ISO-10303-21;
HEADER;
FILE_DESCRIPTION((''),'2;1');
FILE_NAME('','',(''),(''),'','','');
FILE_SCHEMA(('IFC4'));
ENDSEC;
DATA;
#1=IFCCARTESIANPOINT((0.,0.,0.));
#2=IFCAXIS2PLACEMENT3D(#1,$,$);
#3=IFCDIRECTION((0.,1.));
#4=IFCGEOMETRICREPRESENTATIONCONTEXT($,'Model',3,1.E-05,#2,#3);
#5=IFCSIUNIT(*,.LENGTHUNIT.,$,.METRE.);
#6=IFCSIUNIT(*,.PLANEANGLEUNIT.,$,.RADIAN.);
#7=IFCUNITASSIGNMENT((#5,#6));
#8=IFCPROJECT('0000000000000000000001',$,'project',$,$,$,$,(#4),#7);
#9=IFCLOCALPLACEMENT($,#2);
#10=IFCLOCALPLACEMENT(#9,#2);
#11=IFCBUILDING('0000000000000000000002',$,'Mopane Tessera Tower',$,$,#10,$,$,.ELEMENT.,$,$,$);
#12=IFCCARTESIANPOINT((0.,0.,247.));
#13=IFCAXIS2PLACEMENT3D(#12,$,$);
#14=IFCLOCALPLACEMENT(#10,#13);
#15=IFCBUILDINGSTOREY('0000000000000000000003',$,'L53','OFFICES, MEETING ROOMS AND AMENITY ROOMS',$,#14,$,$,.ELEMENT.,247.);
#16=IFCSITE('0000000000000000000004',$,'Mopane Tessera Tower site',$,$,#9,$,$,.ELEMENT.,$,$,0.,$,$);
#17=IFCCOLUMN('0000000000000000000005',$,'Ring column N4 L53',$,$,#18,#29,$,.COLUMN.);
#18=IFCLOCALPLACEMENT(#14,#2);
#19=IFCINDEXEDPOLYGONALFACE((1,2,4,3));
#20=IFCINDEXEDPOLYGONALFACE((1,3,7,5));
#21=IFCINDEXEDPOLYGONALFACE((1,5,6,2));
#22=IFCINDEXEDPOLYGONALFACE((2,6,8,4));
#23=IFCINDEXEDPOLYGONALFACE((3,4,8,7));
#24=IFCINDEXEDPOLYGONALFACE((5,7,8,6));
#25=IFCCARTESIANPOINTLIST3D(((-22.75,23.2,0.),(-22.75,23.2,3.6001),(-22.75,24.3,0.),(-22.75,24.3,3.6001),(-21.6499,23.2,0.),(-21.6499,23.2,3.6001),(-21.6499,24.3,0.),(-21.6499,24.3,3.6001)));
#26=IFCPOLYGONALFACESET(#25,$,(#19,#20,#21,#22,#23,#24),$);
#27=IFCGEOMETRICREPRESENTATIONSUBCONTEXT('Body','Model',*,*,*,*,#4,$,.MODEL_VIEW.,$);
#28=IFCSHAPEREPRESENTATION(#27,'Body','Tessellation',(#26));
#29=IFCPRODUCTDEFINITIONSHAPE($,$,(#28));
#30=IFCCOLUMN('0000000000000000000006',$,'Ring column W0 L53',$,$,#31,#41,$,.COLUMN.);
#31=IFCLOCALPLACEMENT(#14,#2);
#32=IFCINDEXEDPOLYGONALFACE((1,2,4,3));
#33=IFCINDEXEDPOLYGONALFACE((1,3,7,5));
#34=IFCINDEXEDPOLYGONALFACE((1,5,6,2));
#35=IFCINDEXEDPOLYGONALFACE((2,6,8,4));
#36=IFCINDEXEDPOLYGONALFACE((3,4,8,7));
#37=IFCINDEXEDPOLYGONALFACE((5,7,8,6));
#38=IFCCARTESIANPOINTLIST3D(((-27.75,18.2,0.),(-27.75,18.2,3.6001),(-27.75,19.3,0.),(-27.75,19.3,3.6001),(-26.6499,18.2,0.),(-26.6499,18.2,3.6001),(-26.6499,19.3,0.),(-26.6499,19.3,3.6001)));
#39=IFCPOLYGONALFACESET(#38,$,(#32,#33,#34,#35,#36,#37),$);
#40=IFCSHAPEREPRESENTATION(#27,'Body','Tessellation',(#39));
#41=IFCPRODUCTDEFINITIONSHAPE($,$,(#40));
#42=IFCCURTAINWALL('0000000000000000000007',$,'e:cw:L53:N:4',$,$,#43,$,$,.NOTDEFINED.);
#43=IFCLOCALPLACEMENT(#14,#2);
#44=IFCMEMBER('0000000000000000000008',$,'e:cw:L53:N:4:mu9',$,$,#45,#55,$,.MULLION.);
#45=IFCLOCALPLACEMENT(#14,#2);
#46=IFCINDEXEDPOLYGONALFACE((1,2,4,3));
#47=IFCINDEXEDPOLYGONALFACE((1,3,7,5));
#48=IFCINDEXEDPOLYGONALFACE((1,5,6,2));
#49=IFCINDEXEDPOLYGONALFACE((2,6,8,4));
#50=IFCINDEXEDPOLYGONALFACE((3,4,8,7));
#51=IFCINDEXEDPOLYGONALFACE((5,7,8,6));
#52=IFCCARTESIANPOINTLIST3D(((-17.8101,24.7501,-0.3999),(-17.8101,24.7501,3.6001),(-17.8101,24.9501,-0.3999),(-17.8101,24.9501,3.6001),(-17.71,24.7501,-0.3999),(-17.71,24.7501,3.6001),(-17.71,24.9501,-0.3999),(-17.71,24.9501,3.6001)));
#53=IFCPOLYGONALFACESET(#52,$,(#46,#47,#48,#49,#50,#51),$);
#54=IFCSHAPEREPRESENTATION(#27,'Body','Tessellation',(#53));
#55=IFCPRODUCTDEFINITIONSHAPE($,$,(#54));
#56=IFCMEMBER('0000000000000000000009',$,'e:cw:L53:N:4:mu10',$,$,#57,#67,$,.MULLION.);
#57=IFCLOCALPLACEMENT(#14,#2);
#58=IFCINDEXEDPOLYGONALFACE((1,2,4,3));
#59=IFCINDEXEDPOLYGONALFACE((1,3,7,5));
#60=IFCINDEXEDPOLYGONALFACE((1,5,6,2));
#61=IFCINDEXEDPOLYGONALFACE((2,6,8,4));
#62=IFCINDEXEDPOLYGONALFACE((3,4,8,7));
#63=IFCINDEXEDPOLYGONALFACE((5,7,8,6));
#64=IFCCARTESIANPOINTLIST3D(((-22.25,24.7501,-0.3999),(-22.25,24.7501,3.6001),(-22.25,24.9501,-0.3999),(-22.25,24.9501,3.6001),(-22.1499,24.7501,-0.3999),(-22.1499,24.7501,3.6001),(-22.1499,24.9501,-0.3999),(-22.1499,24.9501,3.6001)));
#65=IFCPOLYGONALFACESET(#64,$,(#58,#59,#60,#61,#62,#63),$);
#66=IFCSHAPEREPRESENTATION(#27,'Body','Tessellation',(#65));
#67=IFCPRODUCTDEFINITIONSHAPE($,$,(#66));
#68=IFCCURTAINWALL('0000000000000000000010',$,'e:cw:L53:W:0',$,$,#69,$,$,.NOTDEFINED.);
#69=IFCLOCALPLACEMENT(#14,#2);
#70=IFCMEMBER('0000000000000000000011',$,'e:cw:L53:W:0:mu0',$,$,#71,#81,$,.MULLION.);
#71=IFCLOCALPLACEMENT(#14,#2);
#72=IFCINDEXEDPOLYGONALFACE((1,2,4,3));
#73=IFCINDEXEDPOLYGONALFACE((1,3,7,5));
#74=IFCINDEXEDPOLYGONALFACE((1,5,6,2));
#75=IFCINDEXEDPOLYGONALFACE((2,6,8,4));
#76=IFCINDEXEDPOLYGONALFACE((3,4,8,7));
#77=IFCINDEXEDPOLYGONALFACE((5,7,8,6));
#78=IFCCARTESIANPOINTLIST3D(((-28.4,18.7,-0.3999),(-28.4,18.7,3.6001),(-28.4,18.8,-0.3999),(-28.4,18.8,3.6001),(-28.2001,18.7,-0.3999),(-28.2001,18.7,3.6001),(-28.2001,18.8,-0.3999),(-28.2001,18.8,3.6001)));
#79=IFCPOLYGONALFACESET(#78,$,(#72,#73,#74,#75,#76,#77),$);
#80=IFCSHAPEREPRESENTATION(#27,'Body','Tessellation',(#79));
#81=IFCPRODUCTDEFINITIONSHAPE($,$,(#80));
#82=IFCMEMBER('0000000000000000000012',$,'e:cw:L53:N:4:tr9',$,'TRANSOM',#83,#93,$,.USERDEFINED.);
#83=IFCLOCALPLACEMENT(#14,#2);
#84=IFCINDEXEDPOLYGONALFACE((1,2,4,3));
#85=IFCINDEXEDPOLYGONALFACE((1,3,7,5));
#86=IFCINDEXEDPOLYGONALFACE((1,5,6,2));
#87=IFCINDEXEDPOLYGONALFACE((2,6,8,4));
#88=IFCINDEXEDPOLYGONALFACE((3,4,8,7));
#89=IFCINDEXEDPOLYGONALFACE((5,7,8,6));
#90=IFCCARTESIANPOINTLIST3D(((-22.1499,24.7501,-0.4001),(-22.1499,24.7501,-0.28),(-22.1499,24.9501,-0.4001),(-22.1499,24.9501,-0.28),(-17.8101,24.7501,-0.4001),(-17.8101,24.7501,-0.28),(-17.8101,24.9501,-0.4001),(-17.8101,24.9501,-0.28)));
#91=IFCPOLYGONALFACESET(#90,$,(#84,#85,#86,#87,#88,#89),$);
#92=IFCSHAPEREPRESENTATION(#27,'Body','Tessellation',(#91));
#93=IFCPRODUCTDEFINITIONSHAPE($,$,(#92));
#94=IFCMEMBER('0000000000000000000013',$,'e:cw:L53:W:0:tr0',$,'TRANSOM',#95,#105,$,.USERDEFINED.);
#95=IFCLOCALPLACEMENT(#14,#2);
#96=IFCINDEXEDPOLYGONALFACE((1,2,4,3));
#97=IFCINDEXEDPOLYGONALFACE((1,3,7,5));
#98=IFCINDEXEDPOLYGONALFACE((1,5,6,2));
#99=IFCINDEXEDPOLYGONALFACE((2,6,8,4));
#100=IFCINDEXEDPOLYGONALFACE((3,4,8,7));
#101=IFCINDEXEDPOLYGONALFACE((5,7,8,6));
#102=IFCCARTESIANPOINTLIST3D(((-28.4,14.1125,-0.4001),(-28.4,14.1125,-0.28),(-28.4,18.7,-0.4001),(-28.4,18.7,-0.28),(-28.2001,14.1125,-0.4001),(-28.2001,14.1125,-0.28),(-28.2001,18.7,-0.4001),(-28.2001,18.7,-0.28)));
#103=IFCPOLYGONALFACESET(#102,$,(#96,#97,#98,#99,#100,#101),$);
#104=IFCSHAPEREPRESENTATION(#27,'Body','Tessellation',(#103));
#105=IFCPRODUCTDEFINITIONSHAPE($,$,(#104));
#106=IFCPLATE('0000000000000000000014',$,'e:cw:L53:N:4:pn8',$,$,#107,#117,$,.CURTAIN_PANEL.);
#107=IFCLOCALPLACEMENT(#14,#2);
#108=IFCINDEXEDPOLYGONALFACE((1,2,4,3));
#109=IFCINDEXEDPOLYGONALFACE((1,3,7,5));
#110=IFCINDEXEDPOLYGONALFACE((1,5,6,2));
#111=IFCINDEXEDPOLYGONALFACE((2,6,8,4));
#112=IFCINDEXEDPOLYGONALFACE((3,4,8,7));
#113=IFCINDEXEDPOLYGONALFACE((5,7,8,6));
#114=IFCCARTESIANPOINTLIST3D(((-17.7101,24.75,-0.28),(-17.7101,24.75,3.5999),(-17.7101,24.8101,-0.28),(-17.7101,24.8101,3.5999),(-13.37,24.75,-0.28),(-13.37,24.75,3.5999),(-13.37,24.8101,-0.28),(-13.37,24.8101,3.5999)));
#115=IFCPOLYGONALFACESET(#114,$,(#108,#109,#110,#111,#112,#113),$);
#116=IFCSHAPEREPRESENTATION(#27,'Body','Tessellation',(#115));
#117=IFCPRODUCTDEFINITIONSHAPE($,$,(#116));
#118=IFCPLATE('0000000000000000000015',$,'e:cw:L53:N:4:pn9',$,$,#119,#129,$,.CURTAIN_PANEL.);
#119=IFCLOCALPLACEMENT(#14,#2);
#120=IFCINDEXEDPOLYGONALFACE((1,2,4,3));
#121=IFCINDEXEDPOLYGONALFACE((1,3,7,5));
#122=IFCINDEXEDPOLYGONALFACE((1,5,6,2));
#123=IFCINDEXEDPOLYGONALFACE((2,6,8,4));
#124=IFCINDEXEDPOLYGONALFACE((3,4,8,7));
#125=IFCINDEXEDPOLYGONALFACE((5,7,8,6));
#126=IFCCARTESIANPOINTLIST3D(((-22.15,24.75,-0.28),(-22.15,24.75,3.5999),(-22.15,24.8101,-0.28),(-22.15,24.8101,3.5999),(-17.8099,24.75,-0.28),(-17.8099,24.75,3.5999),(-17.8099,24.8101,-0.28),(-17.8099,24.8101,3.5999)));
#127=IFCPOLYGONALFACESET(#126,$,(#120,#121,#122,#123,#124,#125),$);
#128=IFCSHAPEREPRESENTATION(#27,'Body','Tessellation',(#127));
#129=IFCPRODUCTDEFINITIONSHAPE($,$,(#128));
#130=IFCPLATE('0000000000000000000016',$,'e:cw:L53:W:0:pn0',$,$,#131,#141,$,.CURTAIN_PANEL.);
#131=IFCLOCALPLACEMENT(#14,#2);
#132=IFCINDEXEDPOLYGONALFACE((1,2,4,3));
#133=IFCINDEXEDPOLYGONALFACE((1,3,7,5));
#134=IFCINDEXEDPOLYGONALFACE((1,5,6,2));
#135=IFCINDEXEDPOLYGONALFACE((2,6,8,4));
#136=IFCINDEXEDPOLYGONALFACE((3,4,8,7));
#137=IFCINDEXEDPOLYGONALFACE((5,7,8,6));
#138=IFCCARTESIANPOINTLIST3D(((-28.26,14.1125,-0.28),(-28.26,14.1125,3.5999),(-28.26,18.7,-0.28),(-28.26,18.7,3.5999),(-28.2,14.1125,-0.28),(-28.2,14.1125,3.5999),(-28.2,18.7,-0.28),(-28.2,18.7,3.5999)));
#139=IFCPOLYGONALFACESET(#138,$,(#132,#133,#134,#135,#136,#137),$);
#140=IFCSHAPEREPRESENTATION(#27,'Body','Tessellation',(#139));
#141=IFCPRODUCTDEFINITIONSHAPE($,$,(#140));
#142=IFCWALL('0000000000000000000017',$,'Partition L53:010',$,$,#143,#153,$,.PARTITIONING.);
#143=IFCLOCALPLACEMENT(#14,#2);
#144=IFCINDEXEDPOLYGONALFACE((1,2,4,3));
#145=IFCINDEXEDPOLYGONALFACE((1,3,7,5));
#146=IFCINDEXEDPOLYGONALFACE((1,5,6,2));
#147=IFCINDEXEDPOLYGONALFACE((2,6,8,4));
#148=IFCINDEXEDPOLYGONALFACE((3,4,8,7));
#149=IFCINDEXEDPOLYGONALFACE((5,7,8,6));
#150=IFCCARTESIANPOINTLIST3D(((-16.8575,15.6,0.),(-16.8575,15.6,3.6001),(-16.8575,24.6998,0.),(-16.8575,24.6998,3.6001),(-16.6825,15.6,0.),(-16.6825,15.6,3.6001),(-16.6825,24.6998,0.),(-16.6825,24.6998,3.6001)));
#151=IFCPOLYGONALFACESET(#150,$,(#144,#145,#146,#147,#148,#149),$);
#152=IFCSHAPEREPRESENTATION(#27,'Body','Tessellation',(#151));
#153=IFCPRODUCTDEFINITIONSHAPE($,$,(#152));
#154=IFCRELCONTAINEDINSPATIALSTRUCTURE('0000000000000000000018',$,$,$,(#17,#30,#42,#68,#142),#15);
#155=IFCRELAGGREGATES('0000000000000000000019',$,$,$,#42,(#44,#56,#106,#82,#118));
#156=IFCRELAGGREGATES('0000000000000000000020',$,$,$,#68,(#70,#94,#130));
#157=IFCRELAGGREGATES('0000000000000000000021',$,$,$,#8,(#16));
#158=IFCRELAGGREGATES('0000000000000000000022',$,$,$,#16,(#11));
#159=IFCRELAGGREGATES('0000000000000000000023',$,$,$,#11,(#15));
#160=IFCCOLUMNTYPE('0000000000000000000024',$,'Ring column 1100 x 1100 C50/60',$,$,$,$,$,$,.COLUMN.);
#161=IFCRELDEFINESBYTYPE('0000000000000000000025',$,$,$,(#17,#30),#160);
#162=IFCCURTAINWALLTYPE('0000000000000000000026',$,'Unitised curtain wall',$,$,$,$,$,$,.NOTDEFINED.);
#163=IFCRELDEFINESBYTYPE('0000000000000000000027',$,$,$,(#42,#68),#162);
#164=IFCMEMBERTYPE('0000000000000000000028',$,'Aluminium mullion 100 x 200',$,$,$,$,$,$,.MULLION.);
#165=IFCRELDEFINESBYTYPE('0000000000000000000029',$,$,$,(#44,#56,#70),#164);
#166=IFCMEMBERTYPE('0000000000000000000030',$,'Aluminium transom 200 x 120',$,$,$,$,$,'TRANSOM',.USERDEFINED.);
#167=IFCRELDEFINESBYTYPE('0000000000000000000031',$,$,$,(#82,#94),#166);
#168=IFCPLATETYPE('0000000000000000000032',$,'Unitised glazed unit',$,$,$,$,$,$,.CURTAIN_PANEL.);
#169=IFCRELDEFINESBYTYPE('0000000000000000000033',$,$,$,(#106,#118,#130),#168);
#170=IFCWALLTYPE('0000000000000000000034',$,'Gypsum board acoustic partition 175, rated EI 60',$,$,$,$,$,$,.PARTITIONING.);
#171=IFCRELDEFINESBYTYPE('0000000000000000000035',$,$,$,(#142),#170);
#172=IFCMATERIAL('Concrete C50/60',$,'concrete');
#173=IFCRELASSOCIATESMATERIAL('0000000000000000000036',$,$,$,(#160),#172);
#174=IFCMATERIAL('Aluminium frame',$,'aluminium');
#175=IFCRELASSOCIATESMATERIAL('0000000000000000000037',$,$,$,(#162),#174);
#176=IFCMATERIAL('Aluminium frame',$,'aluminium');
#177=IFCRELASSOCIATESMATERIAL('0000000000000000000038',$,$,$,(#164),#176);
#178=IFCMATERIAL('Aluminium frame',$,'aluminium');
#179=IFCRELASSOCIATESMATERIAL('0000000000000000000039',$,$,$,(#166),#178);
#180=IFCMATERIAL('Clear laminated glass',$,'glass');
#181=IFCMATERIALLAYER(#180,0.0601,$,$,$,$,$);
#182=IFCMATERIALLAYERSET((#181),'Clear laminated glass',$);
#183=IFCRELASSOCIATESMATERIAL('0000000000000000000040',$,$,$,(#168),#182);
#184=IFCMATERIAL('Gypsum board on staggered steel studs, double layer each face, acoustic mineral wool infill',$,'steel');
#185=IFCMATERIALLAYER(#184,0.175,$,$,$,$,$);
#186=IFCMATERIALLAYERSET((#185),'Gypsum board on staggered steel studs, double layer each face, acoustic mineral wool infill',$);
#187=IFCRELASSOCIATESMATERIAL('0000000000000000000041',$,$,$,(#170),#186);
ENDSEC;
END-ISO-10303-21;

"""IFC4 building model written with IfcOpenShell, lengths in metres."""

from ifc_helpers import new_model, si_unit, direction, frame, frame_2d, origin, origin_2d, place, context, subcontext, project, spatial, rectangle, extrude, material, layer, layer_set, material_profile, profile_set, type_object, element, aggregate, save


model = new_model("IFC4")

# Units and contexts
model_context = context("Model", 3, precision=1e-05, world=origin(), true_north=direction((0.0, 1.0)))
body_context = subcontext(model_context, "Body", "Model", "MODEL_VIEW")
ifc_project = project(units=[si_unit("LENGTHUNIT", "METRE"), si_unit("PLANEANGLEUNIT", "RADIAN")], contexts=[model_context])

# Site, building, storey
site_placement = place(None, origin())
site = spatial("IfcSite", under=ifc_project, at=site_placement, Name="Mopane Tessera Tower site", CompositionType="ELEMENT", RefElevation=0.0)
building_placement = place(site_placement, origin())
building = spatial("IfcBuilding", under=site, at=building_placement, Name="Mopane Tessera Tower", CompositionType="ELEMENT")
storey_placement = place(building_placement, frame((0.0, 0.0, 247.0)))
storey = spatial("IfcBuildingStorey", under=building, at=storey_placement, Name="L53", Description="OFFICES, MEETING ROOMS AND AMENITY ROOMS", CompositionType="ELEMENT", Elevation=247.0)

# Columns
ifc_material_1 = material(Name="Concrete C50/60", Category="concrete")
ifc_material_profile_1 = material_profile(ifc_material_1, rectangle(XDim=1.1001, YDim=1.1001, at=origin_2d()))
ifc_profile_set_1 = profile_set([ifc_material_profile_1], Name="Concrete C50/60")
column_type = type_object("IfcColumnType", Name="Ring column 1100 x 1100 C50/60", PredefinedType="COLUMN", material=ifc_profile_set_1)
for number, where, z_axis, x_axis, name in (
    (1, (-22.2, 23.75, 0.0), (0.0, 0.0, 1.0), (1.0, 0.0, 0.0), "Ring column N4 L53"),
    (2, (-27.2, 18.75, 0.0), (0.0, 0.0, 1.0), (1.0, 0.0, 0.0), "Ring column W0 L53"),
):
    element("IfcColumn", number, at=place(storey_placement, frame(where, z_axis=z_axis, x_axis=x_axis)), inside=storey, type_object=column_type, Name=name, PredefinedType="COLUMN", context=body_context, shape_type="SweptSolid", body=[
        extrude(rectangle(XDim=1.1001, YDim=1.1001, at=origin_2d()), origin(), (0.0, 0.0, 1.0), 3.6001),
    ])

# Curtain wall, members
ifc_material_2 = material(Name="Aluminium frame", Category="aluminium")
curtain_wall_type = type_object("IfcCurtainWallType", Name="Unitised curtain wall", PredefinedType="NOTDEFINED", material=ifc_material_2)
curtain_wall_1_placement = place(storey_placement, origin())
curtain_wall_1 = element("IfcCurtainWall", 3, at=curtain_wall_1_placement, inside=storey, type_object=curtain_wall_type, Name="e:cw:L53:N:4", PredefinedType="NOTDEFINED")
ifc_material_3 = material(Name="Aluminium frame", Category="aluminium")
ifc_material_profile_2 = material_profile(ifc_material_3, rectangle(XDim=0.1001, YDim=0.2, at=origin_2d()))
ifc_profile_set_2 = profile_set([ifc_material_profile_2], Name="Aluminium frame")
member_type_1 = type_object("IfcMemberType", Name="Aluminium mullion 100 x 200", PredefinedType="MULLION", material=ifc_profile_set_2)
member_1_placement = place(storey_placement, frame((-17.76, 24.8501, -0.3999), z_axis=(0.0, 0.0, 1.0), x_axis=(-1.0, 0.0, 0.0)))
member_1 = element("IfcMember", 4, at=member_1_placement, type_object=member_type_1, Name="e:cw:L53:N:4:mu9", PredefinedType="MULLION", context=body_context, shape_type="SweptSolid", body=[
    extrude(rectangle(XDim=0.1001, YDim=0.2, at=origin_2d()), origin(), (0.0, 0.0, 1.0), 4.0),
])
member_2_placement = place(storey_placement, frame((-22.2, 24.8501, -0.3999), z_axis=(0.0, 0.0, 1.0), x_axis=(-1.0, 0.0, 0.0)))
member_2 = element("IfcMember", 5, at=member_2_placement, type_object=member_type_1, Name="e:cw:L53:N:4:mu10", PredefinedType="MULLION", context=body_context, shape_type="SweptSolid", body=[
    extrude(rectangle(XDim=0.1001, YDim=0.2, at=origin_2d()), origin(), (0.0, 0.0, 1.0), 4.0),
])

# Curtain wall, member
curtain_wall_2_placement = place(storey_placement, origin())
curtain_wall_2 = element("IfcCurtainWall", 6, at=curtain_wall_2_placement, inside=storey, type_object=curtain_wall_type, Name="e:cw:L53:W:0", PredefinedType="NOTDEFINED")
member_3_placement = place(storey_placement, frame((-28.3, 18.75, -0.3999), z_axis=(0.0, 0.0, 1.0), x_axis=(0.0, -1.0, 0.0)))
member_3 = element("IfcMember", 7, at=member_3_placement, type_object=member_type_1, Name="e:cw:L53:W:0:mu0", PredefinedType="MULLION", context=body_context, shape_type="SweptSolid", body=[
    extrude(rectangle(XDim=0.1001, YDim=0.2, at=origin_2d()), origin(), (0.0, 0.0, 1.0), 4.0),
])

# Members
ifc_material_4 = material(Name="Aluminium frame", Category="aluminium")
ifc_material_profile_3 = material_profile(ifc_material_4, rectangle(XDim=0.2, YDim=0.1201, at=origin_2d()))
ifc_profile_set_3 = profile_set([ifc_material_profile_3], Name="Aluminium frame")
member_type_2 = type_object("IfcMemberType", Name="Aluminium transom 200 x 120", ElementType="TRANSOM", PredefinedType="USERDEFINED", material=ifc_profile_set_3)
member_4_placement = place(storey_placement, frame((-17.8101, 24.8501, -0.3401), z_axis=(-1.0, 0.0, 0.0), x_axis=(0.0, -1.0, 0.0)))
member_4 = element("IfcMember", 8, at=member_4_placement, type_object=member_type_2, Name="e:cw:L53:N:4:tr9", ObjectType="TRANSOM", PredefinedType="USERDEFINED", context=body_context, shape_type="SweptSolid", body=[
    extrude(rectangle(XDim=0.2, YDim=0.1201, at=origin_2d()), origin(), (0.0, 0.0, 1.0), 4.3398),
])
member_5_placement = place(storey_placement, frame((-28.3, 18.7, -0.3401), z_axis=(0.0, -1.0, 0.0), x_axis=(1.0, 0.0, 0.0)))
member_5 = element("IfcMember", 9, at=member_5_placement, type_object=member_type_2, Name="e:cw:L53:W:0:tr0", ObjectType="TRANSOM", PredefinedType="USERDEFINED", context=body_context, shape_type="SweptSolid", body=[
    extrude(rectangle(XDim=0.2, YDim=0.1201, at=origin_2d()), origin(), (0.0, 0.0, 1.0), 4.5874),
])

# Plates
ifc_material_5 = material(Name="Clear laminated glass", Category="glass")
ifc_layer_1 = layer(ifc_material_5, 0.0601)
ifc_layer_set_1 = layer_set([ifc_layer_1], Name="Clear laminated glass")
plate_type = type_object("IfcPlateType", Name="Unitised glazed unit", PredefinedType="CURTAIN_PANEL", material=ifc_layer_set_1)
plate_1_placement = place(storey_placement, frame((-15.54, 24.78, -0.28), z_axis=(0.0, 0.0, 1.0), x_axis=(-1.0, 0.0, 0.0)))
plate_1 = element("IfcPlate", 10, at=plate_1_placement, type_object=plate_type, Name="e:cw:L53:N:4:pn8", PredefinedType="CURTAIN_PANEL", context=body_context, shape_type="SweptSolid", body=[
    extrude(rectangle(XDim=4.3401, YDim=0.0601, at=origin_2d()), origin(), (0.0, 0.0, 1.0), 3.8799),
])
plate_2_placement = place(storey_placement, frame((-19.98, 24.78, -0.28), z_axis=(0.0, 0.0, 1.0), x_axis=(-1.0, 0.0, 0.0)))
plate_2 = element("IfcPlate", 11, at=plate_2_placement, type_object=plate_type, Name="e:cw:L53:N:4:pn9", PredefinedType="CURTAIN_PANEL", context=body_context, shape_type="SweptSolid", body=[
    extrude(rectangle(XDim=4.3401, YDim=0.0601, at=origin_2d()), origin(), (0.0, 0.0, 1.0), 3.8799),
])
aggregate(curtain_wall_1, [member_1, member_2, plate_1, member_4, plate_2])
plate_3_placement = place(storey_placement, frame((-28.23, 16.4062, -0.28), z_axis=(0.0, 0.0, 1.0), x_axis=(0.0, -1.0, 0.0)))
plate_3 = element("IfcPlate", 12, at=plate_3_placement, type_object=plate_type, Name="e:cw:L53:W:0:pn0", PredefinedType="CURTAIN_PANEL", context=body_context, shape_type="SweptSolid", body=[
    extrude(rectangle(XDim=4.5874, YDim=0.0601, at=origin_2d()), origin(), (0.0, 0.0, 1.0), 3.8799),
])
aggregate(curtain_wall_2, [member_3, member_5, plate_3])

# Wall
ifc_material_6 = material(Name="Gypsum board on staggered steel studs, double layer each face, acoustic mineral wool infill", Category="steel")
ifc_layer_2 = layer(ifc_material_6, 0.175)
ifc_layer_set_2 = layer_set([ifc_layer_2], Name="Gypsum board on staggered steel studs, double layer each face, acoustic mineral wool infill")
wall_type_1 = type_object("IfcWallType", Name="Gypsum board acoustic partition 175, rated EI 60", PredefinedType="PARTITIONING", material=ifc_layer_set_2)
wall_1_placement = place(storey_placement, frame((-16.77, 15.6001, 0.0), z_axis=(0.0, 0.0, 1.0), x_axis=(0.0, 1.0, 0.0)))
element("IfcWall", 13, at=wall_1_placement, inside=storey, type_object=wall_type_1, Name="Partition L53:010", PredefinedType="PARTITIONING", context=body_context, shape_type="SweptSolid", body=[
    extrude(rectangle(XDim=9.0999, YDim=0.175, at=frame_2d((4.5498, 0.0))), origin(), (0.0, 0.0, 1.0), 3.6001),
])

save(model, "model.ifc")
